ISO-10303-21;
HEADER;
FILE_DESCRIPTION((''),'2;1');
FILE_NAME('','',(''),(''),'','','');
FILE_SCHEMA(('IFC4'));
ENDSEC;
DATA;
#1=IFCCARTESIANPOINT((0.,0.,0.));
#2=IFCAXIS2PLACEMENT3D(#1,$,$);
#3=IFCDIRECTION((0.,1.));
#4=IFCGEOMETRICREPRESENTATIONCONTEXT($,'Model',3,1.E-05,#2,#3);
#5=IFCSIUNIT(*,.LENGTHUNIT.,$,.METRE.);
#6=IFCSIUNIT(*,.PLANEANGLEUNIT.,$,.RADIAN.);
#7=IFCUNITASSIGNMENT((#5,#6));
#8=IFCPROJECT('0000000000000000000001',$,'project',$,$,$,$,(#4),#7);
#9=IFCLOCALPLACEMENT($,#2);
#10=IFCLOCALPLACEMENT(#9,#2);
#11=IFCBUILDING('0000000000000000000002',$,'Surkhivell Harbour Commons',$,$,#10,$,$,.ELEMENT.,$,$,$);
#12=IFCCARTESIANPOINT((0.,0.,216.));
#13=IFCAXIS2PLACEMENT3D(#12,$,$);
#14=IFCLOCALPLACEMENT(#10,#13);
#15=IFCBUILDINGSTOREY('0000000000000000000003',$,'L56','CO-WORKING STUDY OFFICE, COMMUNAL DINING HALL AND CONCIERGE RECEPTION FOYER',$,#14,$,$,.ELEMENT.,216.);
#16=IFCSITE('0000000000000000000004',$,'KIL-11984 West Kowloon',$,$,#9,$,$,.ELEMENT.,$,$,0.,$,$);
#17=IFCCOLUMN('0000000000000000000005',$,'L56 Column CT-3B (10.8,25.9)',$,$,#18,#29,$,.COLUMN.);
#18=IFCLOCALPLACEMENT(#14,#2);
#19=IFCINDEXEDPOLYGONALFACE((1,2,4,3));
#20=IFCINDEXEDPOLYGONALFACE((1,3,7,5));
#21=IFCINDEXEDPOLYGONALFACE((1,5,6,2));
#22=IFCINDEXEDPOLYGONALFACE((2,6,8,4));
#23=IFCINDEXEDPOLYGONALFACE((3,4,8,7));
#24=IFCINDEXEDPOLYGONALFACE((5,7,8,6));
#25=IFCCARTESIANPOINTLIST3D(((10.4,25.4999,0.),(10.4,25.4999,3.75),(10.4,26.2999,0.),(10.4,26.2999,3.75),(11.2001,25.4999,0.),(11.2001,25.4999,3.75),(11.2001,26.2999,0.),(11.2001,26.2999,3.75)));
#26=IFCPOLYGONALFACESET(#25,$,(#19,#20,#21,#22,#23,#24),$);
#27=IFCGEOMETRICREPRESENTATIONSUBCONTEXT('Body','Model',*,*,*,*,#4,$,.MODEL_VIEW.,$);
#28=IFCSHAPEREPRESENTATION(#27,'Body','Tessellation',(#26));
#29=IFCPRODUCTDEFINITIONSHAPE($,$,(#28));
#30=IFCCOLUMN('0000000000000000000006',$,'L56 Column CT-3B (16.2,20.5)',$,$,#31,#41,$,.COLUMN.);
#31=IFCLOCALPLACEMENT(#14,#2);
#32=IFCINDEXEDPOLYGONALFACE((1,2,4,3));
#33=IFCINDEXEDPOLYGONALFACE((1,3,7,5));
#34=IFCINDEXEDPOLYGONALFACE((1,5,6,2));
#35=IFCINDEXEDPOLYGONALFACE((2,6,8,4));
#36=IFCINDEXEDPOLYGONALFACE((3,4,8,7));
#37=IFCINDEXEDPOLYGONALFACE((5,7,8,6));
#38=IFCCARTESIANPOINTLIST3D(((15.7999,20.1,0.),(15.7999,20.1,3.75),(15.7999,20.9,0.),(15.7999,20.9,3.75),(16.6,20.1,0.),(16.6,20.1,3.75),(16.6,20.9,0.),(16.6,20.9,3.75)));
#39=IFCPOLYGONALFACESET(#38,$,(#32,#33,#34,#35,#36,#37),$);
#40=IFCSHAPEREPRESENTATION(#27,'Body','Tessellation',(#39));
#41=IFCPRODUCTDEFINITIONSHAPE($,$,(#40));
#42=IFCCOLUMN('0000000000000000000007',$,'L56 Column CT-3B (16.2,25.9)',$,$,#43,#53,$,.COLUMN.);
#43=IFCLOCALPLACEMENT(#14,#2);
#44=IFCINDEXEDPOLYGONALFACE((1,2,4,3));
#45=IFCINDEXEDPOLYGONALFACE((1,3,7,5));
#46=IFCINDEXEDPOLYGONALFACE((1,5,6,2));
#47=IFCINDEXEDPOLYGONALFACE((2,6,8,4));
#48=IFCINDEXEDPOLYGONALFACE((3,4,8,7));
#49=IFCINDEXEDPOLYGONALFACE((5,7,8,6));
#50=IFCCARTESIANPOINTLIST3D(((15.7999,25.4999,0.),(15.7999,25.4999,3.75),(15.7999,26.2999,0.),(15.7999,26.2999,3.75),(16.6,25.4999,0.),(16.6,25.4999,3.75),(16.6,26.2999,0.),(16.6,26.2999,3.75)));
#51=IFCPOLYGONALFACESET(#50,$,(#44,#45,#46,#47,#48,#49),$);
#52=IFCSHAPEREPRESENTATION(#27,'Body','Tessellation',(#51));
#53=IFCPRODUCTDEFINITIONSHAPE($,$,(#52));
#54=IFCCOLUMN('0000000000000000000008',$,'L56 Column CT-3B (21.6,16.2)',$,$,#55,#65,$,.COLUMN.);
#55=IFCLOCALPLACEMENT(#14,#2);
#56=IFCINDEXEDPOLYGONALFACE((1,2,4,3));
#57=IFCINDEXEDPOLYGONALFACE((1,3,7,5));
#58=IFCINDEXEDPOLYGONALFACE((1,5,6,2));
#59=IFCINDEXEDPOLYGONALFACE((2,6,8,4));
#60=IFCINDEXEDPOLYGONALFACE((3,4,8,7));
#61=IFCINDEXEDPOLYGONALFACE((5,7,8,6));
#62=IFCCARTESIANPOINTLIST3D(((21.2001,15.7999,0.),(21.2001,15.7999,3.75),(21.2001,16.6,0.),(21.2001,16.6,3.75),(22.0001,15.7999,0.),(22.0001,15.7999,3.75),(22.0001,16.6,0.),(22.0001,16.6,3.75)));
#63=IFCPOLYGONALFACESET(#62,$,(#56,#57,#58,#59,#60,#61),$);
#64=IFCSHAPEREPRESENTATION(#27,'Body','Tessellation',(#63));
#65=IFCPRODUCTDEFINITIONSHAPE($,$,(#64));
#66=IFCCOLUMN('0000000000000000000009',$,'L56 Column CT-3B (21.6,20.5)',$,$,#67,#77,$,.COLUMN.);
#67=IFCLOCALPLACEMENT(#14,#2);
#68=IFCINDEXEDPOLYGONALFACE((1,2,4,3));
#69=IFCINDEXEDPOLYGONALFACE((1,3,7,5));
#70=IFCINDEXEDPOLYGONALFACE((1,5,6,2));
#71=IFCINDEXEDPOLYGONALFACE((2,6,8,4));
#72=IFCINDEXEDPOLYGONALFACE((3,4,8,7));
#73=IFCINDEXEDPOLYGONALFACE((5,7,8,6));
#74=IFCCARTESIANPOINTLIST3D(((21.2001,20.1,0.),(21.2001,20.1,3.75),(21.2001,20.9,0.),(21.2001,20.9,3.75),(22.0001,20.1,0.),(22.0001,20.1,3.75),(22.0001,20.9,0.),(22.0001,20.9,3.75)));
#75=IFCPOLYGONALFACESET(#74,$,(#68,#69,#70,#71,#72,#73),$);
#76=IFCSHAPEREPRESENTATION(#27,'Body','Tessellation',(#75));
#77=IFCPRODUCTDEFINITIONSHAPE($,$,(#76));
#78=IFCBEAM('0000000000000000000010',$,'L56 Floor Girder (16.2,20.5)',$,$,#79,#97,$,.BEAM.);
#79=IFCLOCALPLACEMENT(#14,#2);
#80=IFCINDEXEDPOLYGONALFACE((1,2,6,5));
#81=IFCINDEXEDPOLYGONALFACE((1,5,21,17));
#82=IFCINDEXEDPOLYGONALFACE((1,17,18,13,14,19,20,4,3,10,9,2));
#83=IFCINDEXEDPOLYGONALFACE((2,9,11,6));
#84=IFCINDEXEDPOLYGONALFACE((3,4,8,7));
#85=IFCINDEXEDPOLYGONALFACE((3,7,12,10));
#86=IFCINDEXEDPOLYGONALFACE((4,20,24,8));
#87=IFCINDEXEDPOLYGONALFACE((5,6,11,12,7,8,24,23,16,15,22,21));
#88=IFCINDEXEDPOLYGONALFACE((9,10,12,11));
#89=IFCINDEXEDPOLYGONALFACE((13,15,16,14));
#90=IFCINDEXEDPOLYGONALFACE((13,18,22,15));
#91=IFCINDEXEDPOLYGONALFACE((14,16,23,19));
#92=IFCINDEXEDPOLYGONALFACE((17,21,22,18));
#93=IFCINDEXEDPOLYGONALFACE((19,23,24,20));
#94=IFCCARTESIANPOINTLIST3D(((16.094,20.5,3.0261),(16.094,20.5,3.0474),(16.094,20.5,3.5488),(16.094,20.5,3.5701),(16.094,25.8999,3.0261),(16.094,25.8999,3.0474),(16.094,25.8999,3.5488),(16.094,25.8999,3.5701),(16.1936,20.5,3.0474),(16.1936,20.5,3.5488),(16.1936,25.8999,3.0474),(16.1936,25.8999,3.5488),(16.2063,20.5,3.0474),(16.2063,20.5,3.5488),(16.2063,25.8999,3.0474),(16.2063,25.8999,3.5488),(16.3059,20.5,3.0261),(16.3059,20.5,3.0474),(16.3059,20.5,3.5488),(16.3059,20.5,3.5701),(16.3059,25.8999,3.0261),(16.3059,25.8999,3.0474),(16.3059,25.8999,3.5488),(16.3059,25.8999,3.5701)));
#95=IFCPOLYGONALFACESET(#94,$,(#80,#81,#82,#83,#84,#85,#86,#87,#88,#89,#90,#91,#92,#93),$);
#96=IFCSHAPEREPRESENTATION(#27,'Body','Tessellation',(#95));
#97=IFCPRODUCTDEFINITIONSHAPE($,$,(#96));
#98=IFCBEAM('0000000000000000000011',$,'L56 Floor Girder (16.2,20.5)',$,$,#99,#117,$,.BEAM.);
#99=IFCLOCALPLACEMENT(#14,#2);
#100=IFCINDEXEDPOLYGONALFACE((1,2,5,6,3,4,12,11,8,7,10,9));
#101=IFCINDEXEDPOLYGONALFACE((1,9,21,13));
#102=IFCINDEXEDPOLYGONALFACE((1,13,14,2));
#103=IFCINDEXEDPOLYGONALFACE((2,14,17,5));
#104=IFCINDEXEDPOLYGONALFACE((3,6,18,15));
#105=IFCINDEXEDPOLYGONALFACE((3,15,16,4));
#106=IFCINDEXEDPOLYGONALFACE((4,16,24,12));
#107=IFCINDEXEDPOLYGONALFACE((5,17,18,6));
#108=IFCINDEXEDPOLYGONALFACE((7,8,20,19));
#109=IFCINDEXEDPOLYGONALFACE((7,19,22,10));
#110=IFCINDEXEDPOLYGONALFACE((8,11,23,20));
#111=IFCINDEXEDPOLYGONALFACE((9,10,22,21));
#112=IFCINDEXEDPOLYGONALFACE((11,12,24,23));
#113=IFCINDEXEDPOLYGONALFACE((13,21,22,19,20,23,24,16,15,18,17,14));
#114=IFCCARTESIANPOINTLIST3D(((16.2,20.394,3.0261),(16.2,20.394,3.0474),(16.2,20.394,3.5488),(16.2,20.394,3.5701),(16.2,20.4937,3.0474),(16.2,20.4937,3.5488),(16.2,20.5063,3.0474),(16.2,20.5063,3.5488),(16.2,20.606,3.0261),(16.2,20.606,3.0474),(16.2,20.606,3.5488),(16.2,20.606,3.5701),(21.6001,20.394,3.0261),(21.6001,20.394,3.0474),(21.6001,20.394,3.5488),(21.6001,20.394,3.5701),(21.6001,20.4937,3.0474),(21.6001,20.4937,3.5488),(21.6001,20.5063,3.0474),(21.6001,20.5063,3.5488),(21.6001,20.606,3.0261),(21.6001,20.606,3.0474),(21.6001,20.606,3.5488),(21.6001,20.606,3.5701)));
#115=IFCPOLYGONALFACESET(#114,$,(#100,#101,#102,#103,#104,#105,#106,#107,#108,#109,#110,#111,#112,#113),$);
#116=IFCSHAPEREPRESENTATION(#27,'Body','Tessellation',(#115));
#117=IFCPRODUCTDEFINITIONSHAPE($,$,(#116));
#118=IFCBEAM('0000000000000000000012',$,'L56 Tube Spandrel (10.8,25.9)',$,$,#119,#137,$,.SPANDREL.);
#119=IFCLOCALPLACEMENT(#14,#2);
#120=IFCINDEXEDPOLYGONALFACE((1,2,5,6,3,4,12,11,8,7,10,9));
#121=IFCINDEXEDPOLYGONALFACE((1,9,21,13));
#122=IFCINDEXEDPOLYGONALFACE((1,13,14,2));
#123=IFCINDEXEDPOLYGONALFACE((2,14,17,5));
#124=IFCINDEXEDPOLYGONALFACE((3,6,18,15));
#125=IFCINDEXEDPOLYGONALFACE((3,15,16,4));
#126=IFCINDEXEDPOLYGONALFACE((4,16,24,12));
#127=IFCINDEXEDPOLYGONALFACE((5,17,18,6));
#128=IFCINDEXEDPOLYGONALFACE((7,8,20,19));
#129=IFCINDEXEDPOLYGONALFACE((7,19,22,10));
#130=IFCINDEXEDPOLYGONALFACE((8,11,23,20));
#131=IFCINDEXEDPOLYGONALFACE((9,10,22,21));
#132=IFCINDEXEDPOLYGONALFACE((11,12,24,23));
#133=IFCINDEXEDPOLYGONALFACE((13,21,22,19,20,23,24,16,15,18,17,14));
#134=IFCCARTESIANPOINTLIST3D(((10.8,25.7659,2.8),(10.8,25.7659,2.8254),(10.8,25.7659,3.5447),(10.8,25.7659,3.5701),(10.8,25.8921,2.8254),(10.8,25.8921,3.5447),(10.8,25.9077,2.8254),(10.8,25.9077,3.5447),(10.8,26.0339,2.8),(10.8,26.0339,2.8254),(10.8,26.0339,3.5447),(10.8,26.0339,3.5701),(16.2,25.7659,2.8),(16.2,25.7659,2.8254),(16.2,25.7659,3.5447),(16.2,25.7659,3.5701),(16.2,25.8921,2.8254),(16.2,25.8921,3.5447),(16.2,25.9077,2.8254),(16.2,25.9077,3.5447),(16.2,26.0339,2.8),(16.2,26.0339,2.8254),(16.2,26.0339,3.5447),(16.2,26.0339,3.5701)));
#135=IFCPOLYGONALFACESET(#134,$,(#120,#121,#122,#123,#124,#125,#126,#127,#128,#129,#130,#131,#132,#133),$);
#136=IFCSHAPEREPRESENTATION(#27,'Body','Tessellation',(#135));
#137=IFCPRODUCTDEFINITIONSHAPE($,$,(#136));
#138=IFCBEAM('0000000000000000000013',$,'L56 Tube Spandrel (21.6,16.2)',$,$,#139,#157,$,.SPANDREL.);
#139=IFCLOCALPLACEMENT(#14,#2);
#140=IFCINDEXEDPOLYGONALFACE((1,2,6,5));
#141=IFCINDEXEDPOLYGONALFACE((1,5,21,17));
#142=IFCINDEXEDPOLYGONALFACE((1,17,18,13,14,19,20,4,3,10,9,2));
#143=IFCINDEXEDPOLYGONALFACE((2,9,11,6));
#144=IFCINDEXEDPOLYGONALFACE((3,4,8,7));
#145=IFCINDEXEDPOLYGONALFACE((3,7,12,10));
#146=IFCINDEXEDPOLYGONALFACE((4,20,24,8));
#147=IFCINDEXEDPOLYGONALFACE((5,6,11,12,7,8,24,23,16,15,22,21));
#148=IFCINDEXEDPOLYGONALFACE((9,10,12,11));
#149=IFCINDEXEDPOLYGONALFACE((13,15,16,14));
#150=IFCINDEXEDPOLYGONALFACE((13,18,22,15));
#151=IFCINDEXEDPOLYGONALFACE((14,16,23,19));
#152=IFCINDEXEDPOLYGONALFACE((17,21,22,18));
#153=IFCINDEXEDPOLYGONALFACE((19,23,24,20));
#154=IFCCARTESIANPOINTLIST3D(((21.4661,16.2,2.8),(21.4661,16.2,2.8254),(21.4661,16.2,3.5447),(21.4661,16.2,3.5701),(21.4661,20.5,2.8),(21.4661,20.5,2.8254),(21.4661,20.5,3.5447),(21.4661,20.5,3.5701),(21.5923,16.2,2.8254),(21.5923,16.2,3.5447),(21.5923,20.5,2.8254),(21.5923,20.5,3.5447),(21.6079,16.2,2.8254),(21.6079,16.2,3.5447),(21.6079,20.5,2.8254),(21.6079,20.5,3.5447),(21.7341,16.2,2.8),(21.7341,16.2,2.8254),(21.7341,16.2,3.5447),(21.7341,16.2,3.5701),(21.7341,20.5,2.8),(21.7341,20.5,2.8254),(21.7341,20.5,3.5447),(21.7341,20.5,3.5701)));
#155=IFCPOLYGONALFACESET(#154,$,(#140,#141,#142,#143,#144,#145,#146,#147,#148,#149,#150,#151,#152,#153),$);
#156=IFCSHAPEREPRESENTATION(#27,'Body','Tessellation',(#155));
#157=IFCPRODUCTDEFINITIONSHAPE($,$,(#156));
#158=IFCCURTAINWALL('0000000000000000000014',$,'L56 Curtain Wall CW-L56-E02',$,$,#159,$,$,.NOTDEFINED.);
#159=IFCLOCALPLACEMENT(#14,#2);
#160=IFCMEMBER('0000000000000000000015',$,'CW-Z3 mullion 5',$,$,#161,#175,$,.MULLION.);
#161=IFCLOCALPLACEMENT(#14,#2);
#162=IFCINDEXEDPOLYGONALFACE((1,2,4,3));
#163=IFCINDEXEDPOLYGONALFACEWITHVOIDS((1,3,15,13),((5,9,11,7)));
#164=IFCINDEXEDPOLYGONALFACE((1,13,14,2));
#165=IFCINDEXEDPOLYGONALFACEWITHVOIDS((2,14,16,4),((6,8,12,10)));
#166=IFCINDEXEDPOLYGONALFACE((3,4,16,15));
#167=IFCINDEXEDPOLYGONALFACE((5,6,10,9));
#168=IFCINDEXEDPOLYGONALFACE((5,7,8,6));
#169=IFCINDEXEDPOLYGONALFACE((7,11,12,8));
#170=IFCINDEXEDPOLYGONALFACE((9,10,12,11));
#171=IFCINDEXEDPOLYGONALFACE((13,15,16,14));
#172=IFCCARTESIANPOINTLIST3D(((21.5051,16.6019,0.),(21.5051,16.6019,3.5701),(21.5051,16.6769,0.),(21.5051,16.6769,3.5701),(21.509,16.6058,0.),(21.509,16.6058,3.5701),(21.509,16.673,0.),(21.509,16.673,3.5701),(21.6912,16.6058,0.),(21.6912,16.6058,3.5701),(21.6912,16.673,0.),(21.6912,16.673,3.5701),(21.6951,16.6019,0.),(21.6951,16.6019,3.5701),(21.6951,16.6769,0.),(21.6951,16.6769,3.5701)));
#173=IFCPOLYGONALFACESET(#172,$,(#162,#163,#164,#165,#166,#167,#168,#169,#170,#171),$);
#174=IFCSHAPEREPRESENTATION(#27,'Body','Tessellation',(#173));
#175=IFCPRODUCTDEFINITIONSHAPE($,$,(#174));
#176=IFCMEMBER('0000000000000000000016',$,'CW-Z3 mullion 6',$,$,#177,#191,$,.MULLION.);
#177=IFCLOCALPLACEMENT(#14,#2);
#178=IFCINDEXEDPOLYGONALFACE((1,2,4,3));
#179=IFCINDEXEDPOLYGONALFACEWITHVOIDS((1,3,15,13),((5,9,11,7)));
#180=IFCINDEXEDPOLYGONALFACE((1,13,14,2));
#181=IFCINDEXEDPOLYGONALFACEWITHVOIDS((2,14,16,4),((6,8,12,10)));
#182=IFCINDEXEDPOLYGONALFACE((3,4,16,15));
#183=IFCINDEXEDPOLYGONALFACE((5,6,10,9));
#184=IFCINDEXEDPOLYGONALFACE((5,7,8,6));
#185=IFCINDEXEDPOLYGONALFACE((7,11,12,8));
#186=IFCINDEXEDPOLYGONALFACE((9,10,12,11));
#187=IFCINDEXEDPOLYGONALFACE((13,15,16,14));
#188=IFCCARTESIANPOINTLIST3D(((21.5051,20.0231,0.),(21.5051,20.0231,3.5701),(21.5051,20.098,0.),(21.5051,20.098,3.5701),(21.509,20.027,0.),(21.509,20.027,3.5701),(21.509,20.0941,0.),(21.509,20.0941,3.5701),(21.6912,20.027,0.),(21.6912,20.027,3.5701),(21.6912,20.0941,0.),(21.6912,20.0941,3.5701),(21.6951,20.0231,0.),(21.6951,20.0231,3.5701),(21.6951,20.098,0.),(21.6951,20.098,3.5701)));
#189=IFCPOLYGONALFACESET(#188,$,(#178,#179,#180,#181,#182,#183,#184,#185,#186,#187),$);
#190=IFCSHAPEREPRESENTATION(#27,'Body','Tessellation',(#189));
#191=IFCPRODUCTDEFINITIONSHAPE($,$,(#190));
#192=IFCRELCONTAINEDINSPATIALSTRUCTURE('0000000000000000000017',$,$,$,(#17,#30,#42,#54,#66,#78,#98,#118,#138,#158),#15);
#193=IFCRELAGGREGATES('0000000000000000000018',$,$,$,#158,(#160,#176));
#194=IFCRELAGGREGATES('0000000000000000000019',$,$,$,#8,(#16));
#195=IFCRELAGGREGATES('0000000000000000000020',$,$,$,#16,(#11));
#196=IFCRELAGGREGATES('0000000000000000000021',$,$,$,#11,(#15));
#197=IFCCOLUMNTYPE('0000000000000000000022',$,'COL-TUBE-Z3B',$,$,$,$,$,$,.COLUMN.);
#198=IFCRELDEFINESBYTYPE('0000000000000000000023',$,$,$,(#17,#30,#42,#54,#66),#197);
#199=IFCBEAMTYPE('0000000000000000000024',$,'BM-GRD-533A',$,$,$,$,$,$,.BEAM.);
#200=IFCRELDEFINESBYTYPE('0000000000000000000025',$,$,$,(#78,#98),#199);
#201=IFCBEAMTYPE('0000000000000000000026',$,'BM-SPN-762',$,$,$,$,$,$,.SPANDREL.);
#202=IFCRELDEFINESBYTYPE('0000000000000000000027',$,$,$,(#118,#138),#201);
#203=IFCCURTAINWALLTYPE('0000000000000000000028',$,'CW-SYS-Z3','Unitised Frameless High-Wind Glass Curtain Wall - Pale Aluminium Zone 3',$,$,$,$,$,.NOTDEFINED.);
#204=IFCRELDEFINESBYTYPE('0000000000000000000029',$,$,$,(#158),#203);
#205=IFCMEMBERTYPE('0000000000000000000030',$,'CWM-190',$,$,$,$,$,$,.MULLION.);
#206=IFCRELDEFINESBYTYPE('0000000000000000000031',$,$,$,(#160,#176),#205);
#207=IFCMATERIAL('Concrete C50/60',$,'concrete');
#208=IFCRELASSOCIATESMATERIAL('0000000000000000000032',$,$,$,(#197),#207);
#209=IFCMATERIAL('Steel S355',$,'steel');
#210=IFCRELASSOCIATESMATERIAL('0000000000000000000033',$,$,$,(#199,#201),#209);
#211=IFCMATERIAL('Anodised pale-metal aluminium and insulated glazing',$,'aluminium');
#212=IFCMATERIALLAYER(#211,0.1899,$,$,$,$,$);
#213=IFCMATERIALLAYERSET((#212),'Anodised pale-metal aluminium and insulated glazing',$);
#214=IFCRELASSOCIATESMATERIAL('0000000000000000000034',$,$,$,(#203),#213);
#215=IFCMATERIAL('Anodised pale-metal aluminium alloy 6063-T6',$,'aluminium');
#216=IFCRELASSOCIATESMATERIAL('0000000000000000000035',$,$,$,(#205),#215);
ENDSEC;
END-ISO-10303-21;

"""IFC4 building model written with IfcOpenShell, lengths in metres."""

from ifc_helpers import new_model, si_unit, direction, frame, origin, origin_2d, place, context, subcontext, project, spatial, rectangle, hollow_rectangle, i_section, extrude, material, layer, layer_set, material_profile, profile_set, type_object, element, aggregate, save


model = new_model("IFC4")

# Units and contexts
model_context = context("Model", 3, precision=1e-05, world=origin(), true_north=direction((0.0, 1.0)))
body_context = subcontext(model_context, "Body", "Model", "MODEL_VIEW")
ifc_project = project(units=[si_unit("LENGTHUNIT", "METRE"), si_unit("PLANEANGLEUNIT", "RADIAN")], contexts=[model_context])

# Site, building, storey
site_placement = place(None, origin())
site = spatial("IfcSite", under=ifc_project, at=site_placement, Name="KIL-11984 West Kowloon", CompositionType="ELEMENT", RefElevation=0.0)
building_placement = place(site_placement, origin())
building = spatial("IfcBuilding", under=site, at=building_placement, Name="Surkhivell Harbour Commons", CompositionType="ELEMENT")
storey_placement = place(building_placement, frame((0.0, 0.0, 216.0)))
storey = spatial("IfcBuildingStorey", under=building, at=storey_placement, Name="L56", Description="CO-WORKING STUDY OFFICE, COMMUNAL DINING HALL AND CONCIERGE RECEPTION FOYER", CompositionType="ELEMENT", Elevation=216.0)

# Columns
ifc_material_1 = material(Name="Concrete C50/60", Category="concrete")
ifc_material_profile_1 = material_profile(ifc_material_1, rectangle(XDim=0.8, YDim=0.8, at=origin_2d()), Name="RC-COL-800x800")
ifc_profile_set_1 = profile_set([ifc_material_profile_1], Name="Concrete C50/60")
column_type = type_object("IfcColumnType", Name="COL-TUBE-Z3B", PredefinedType="COLUMN", material=ifc_profile_set_1)
for number, where, z_axis, x_axis, name in (
    (1, (10.8, 25.8999, 0.0), (0.0, 0.0, 1.0), (1.0, 0.0, 0.0), "L56 Column CT-3B (10.8,25.9)"),
    (2, (16.2, 20.5, 0.0), (0.0, 0.0, 1.0), (1.0, 0.0, 0.0), "L56 Column CT-3B (16.2,20.5)"),
    (3, (16.2, 25.8999, 0.0), (0.0, 0.0, 1.0), (1.0, 0.0, 0.0), "L56 Column CT-3B (16.2,25.9)"),
    (4, (21.6001, 16.2, 0.0), (0.0, 0.0, 1.0), (1.0, 0.0, 0.0), "L56 Column CT-3B (21.6,16.2)"),
    (5, (21.6001, 20.5, 0.0), (0.0, 0.0, 1.0), (1.0, 0.0, 0.0), "L56 Column CT-3B (21.6,20.5)"),
):
    element("IfcColumn", number, at=place(storey_placement, frame(where, z_axis=z_axis, x_axis=x_axis)), inside=storey, type_object=column_type, Name=name, PredefinedType="COLUMN", context=body_context, shape_type="SweptSolid", body=[
        extrude(rectangle(XDim=0.8, YDim=0.8, at=origin_2d()), origin(), (0.0, 0.0, 1.0), 3.75),
    ])

# Beams
ifc_material_2 = material(Name="Steel S355", Category="steel")
ifc_material_profile_2 = material_profile(ifc_material_2, i_section(OverallWidth=0.2119, OverallDepth=0.5439, WebThickness=0.0127, FlangeThickness=0.0212, at=origin_2d()), Name="UB533x210x122")
ifc_profile_set_2 = profile_set([ifc_material_profile_2], Name="Steel S355")
beam_type_1 = type_object("IfcBeamType", Name="BM-GRD-533A", PredefinedType="BEAM", material=ifc_profile_set_2)
beam_1_placement = place(storey_placement, frame((16.2, 20.5, 3.2981), z_axis=(0.0, 1.0, 0.0), x_axis=(-1.0, 0.0, 0.0)))
element("IfcBeam", 6, at=beam_1_placement, inside=storey, type_object=beam_type_1, Name="L56 Floor Girder (16.2,20.5)", PredefinedType="BEAM", context=body_context, shape_type="SweptSolid", body=[
    extrude(i_section(OverallWidth=0.2119, OverallDepth=0.5439, WebThickness=0.0127, FlangeThickness=0.0212, at=origin_2d()), origin(), (0.0, 0.0, 1.0), 5.3999),
])
beam_2_placement = place(storey_placement, frame((16.2, 20.5, 3.2981), z_axis=(1.0, 0.0, 0.0), x_axis=(0.0, 1.0, 0.0)))
element("IfcBeam", 7, at=beam_2_placement, inside=storey, type_object=beam_type_1, Name="L56 Floor Girder (16.2,20.5)", PredefinedType="BEAM", context=body_context, shape_type="SweptSolid", body=[
    extrude(i_section(OverallWidth=0.2119, OverallDepth=0.5439, WebThickness=0.0127, FlangeThickness=0.0212, at=origin_2d()), origin(), (0.0, 0.0, 1.0), 5.4001),
])
ifc_material_profile_3 = material_profile(ifc_material_2, i_section(OverallWidth=0.2681, OverallDepth=0.77, WebThickness=0.0156, FlangeThickness=0.0254, at=origin_2d()), Name="UB762x267x197")
ifc_profile_set_3 = profile_set([ifc_material_profile_3], Name="Steel S355")
beam_type_2 = type_object("IfcBeamType", Name="BM-SPN-762", PredefinedType="SPANDREL", material=ifc_profile_set_3)
beam_3_placement = place(storey_placement, frame((10.8, 25.8999, 3.1851), z_axis=(1.0, 0.0, 0.0), x_axis=(0.0, 1.0, 0.0)))
element("IfcBeam", 8, at=beam_3_placement, inside=storey, type_object=beam_type_2, Name="L56 Tube Spandrel (10.8,25.9)", PredefinedType="SPANDREL", context=body_context, shape_type="SweptSolid", body=[
    extrude(i_section(OverallWidth=0.2681, OverallDepth=0.77, WebThickness=0.0156, FlangeThickness=0.0254, at=origin_2d()), origin(), (0.0, 0.0, 1.0), 5.3999),
])
beam_4_placement = place(storey_placement, frame((21.6001, 16.2, 3.1851), z_axis=(0.0, 1.0, 0.0), x_axis=(-1.0, 0.0, 0.0)))
element("IfcBeam", 9, at=beam_4_placement, inside=storey, type_object=beam_type_2, Name="L56 Tube Spandrel (21.6,16.2)", PredefinedType="SPANDREL", context=body_context, shape_type="SweptSolid", body=[
    extrude(i_section(OverallWidth=0.2681, OverallDepth=0.77, WebThickness=0.0156, FlangeThickness=0.0254, at=origin_2d()), origin(), (0.0, 0.0, 1.0), 4.3),
])

# Curtain wall, members
ifc_material_3 = material(Name="Anodised pale-metal aluminium and insulated glazing", Category="aluminium")
ifc_layer_1 = layer(ifc_material_3, 0.1899)
ifc_layer_set_1 = layer_set([ifc_layer_1], Name="Anodised pale-metal aluminium and insulated glazing")
curtain_wall_type = type_object("IfcCurtainWallType", Name="CW-SYS-Z3", Description="Unitised Frameless High-Wind Glass Curtain Wall - Pale Aluminium Zone 3", PredefinedType="NOTDEFINED", material=ifc_layer_set_1)
curtain_wall_1_placement = place(storey_placement, origin())
curtain_wall_1 = element("IfcCurtainWall", 10, at=curtain_wall_1_placement, inside=storey, type_object=curtain_wall_type, Name="L56 Curtain Wall CW-L56-E02", PredefinedType="NOTDEFINED")
ifc_material_4 = material(Name="Anodised pale-metal aluminium alloy 6063-T6", Category="aluminium")
ifc_material_profile_4 = material_profile(ifc_material_4, hollow_rectangle(XDim=0.075, YDim=0.1899, WallThickness=0.0039, at=origin_2d()), Name="ALU-MULL-75x190")
ifc_profile_set_4 = profile_set([ifc_material_profile_4], Name="Anodised pale-metal aluminium alloy 6063-T6")
member_type_1 = type_object("IfcMemberType", Name="CWM-190", PredefinedType="MULLION", material=ifc_profile_set_4)
member_1_placement = place(storey_placement, frame((21.6001, 16.6394, 0.0), z_axis=(0.0, 0.0, 1.0), x_axis=(0.0, 1.0, 0.0)))
member_1 = element("IfcMember", 11, at=member_1_placement, type_object=member_type_1, Name="CW-Z3 mullion 5", PredefinedType="MULLION", context=body_context, shape_type="SweptSolid", body=[
    extrude(hollow_rectangle(XDim=0.075, YDim=0.1899, WallThickness=0.0039, at=origin_2d()), origin(), (0.0, 0.0, 1.0), 3.5701),
])
member_2_placement = place(storey_placement, frame((21.6001, 20.0605, 0.0), z_axis=(0.0, 0.0, 1.0), x_axis=(0.0, 1.0, 0.0)))
member_2 = element("IfcMember", 12, at=member_2_placement, type_object=member_type_1, Name="CW-Z3 mullion 6", PredefinedType="MULLION", context=body_context, shape_type="SweptSolid", body=[
    extrude(hollow_rectangle(XDim=0.075, YDim=0.1899, WallThickness=0.0039, at=origin_2d()), origin(), (0.0, 0.0, 1.0), 3.5701),
])

aggregate(curtain_wall_1, [member_1, member_2])

save(model, "model.ifc")
